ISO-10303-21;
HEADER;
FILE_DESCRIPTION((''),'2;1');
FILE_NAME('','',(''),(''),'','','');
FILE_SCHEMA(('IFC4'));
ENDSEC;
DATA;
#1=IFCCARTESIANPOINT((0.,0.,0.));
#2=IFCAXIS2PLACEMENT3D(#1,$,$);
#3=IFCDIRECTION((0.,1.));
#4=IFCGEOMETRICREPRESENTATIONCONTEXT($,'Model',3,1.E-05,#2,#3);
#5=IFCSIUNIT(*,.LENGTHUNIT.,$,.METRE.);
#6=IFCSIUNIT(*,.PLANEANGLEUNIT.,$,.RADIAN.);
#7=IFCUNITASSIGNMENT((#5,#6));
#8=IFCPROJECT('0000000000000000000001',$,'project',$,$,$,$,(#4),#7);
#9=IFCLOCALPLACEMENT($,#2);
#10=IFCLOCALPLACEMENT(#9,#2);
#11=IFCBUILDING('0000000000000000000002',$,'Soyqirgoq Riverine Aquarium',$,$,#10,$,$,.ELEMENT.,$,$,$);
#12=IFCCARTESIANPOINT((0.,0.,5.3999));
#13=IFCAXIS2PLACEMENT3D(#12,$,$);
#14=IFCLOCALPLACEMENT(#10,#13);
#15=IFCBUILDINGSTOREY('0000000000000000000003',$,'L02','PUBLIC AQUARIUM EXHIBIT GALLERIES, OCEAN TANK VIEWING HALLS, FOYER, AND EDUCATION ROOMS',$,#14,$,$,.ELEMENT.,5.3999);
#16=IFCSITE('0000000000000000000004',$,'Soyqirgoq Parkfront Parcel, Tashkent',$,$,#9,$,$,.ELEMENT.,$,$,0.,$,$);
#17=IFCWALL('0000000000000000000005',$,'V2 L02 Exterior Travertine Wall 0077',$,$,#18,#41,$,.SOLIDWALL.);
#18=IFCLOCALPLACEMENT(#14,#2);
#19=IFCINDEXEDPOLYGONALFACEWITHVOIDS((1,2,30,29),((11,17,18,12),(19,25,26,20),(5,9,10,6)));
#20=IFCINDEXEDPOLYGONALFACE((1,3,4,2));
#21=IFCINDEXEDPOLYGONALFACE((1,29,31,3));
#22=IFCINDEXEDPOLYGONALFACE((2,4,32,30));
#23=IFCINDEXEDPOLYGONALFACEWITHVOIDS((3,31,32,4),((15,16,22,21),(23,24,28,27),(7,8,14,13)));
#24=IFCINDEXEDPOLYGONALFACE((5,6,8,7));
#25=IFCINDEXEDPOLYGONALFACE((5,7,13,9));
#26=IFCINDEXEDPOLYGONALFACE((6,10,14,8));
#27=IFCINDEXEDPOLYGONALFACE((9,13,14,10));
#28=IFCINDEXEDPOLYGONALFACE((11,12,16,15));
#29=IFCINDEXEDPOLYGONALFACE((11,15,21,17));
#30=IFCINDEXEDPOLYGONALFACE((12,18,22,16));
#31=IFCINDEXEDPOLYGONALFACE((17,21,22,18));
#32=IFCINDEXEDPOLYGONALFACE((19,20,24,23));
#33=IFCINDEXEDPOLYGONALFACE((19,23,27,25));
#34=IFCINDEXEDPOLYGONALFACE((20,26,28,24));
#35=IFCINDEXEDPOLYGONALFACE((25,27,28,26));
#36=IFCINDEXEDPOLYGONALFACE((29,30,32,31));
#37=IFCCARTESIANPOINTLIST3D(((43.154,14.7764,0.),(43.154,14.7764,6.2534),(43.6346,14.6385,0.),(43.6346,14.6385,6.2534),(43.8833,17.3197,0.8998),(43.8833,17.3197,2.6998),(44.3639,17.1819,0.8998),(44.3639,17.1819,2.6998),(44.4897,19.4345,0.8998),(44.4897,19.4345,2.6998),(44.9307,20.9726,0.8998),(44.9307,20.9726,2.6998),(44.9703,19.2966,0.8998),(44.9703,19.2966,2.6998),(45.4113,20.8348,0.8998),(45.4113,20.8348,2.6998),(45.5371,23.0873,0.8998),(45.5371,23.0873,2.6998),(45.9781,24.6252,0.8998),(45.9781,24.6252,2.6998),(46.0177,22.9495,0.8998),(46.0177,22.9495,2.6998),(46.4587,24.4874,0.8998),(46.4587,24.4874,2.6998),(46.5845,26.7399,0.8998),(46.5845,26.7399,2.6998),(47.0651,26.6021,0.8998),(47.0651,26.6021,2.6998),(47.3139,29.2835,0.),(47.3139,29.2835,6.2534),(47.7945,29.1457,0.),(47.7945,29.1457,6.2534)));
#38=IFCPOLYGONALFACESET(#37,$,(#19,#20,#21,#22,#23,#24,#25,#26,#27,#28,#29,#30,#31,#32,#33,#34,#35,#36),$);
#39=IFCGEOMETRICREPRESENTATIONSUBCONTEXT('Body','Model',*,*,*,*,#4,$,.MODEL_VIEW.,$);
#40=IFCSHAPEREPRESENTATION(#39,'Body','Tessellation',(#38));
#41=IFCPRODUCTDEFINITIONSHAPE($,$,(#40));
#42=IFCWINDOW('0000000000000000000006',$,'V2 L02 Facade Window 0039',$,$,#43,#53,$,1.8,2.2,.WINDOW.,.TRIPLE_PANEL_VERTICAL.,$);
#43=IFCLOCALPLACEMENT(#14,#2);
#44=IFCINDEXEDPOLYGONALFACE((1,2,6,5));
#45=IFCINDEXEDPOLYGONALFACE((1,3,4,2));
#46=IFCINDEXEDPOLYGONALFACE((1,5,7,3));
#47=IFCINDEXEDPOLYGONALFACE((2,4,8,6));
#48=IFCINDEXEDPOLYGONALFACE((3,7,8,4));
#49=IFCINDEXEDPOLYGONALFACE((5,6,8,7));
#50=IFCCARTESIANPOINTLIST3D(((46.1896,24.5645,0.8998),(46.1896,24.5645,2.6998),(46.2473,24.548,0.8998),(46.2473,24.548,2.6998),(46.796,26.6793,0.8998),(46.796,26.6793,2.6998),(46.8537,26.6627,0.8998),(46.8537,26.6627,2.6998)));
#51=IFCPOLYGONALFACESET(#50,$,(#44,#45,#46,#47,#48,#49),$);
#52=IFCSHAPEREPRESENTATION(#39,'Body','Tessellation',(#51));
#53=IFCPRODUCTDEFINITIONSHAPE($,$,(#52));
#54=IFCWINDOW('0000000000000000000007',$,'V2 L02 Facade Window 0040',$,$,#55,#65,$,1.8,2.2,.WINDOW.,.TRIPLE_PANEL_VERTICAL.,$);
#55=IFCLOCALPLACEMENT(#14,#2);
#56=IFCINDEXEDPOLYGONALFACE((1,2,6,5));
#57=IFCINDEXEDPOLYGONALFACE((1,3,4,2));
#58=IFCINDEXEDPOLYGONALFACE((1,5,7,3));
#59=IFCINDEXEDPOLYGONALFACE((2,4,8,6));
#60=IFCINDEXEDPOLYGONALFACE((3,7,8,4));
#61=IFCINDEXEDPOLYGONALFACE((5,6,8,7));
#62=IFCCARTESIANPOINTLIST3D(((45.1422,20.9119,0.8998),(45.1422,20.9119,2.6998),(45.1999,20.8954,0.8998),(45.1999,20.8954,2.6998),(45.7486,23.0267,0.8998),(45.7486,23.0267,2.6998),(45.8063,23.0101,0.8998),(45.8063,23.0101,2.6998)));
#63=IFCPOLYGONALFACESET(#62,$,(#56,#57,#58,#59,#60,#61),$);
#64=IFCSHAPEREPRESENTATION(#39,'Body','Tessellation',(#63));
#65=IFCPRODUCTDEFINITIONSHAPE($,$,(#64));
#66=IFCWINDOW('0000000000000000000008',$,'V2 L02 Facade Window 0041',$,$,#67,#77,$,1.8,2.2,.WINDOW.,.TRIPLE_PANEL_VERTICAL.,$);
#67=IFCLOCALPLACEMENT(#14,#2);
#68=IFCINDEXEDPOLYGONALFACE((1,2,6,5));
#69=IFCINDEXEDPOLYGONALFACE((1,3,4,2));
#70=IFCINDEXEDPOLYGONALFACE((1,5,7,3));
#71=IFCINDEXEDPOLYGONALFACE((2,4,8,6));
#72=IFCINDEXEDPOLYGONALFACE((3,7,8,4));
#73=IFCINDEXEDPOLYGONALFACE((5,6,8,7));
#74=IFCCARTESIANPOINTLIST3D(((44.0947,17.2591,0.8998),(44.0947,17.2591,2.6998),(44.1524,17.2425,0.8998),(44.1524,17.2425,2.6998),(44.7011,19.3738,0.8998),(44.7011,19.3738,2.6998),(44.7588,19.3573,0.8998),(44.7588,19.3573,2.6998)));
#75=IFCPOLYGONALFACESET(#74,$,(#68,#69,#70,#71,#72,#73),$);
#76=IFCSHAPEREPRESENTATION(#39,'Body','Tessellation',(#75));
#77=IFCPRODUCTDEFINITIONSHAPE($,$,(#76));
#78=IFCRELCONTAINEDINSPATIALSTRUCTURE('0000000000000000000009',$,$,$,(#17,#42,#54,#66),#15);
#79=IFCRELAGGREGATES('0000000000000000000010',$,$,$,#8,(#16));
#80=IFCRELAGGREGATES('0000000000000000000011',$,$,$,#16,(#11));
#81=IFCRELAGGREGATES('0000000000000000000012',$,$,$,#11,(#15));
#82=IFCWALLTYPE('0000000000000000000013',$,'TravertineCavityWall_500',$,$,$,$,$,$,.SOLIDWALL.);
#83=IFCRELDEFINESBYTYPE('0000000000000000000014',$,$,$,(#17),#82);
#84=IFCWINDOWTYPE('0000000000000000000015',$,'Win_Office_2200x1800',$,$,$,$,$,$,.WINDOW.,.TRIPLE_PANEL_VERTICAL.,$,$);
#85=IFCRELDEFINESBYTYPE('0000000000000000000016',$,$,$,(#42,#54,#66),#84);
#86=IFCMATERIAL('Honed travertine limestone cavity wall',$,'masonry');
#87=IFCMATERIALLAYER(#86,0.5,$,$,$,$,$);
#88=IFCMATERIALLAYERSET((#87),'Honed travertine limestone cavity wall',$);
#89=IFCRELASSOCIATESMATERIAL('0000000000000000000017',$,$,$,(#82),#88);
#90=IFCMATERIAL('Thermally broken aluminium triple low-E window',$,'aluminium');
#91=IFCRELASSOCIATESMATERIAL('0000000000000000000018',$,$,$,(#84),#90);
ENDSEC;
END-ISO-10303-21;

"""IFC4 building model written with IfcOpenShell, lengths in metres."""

from ifc_helpers import new_model, si_unit, direction, frame, frame_2d, origin, place, context, subcontext, project, spatial, rectangle, extrude, material, layer, layer_set, type_object, element, fill, save


model = new_model("IFC4")

# Units and contexts
model_context = context("Model", 3, precision=1e-05, world=origin(), true_north=direction((0.0, 1.0)))
body_context = subcontext(model_context, "Body", "Model", "MODEL_VIEW")
ifc_project = project(units=[si_unit("LENGTHUNIT", "METRE"), si_unit("PLANEANGLEUNIT", "RADIAN")], contexts=[model_context])

# Site, building, storey
site_placement = place(None, origin())
site = spatial("IfcSite", under=ifc_project, at=site_placement, Name="Soyqirgoq Parkfront Parcel, Tashkent", CompositionType="ELEMENT", RefElevation=0.0)
building_placement = place(site_placement, origin())
building = spatial("IfcBuilding", under=site, at=building_placement, Name="Soyqirgoq Riverine Aquarium", CompositionType="ELEMENT")
storey_placement = place(building_placement, frame((0.0, 0.0, 5.3999)))
storey = spatial("IfcBuildingStorey", under=building, at=storey_placement, Name="L02", Description="PUBLIC AQUARIUM EXHIBIT GALLERIES, OCEAN TANK VIEWING HALLS, FOYER, AND EDUCATION ROOMS", CompositionType="ELEMENT", Elevation=5.3999)

# Wall, openings, windows
ifc_material_1 = material(Name="Honed travertine limestone cavity wall", Category="masonry")
ifc_layer_1 = layer(ifc_material_1, 0.5)
ifc_layer_set_1 = layer_set([ifc_layer_1], Name="Honed travertine limestone cavity wall")
wall_type_1 = type_object("IfcWallType", Name="TravertineCavityWall_500", PredefinedType="SOLIDWALL", material=ifc_layer_set_1)
wall_1_placement = place(storey_placement, frame((47.5542, 29.2146, 0.0), z_axis=(0.0, 0.0, 1.0), x_axis=(-0.275642, -0.96126, 0.0)))
wall_1 = element("IfcWall", 1, at=wall_1_placement, inside=storey, type_object=wall_type_1, Name="V2 L02 Exterior Travertine Wall 0077", PredefinedType="SOLIDWALL", context=body_context, shape_type="SweptSolid", body=[
    extrude(rectangle(XDim=15.0918, YDim=0.5, at=frame_2d((7.5459, 0.0))), origin(), (0.0, 0.0, 1.0), 6.2534),
])
opening_1_placement = place(wall_1_placement, frame((2.646, 0.0, 0.8999)))
opening_1 = element("IfcOpeningElement", 2, at=opening_1_placement, cuts=wall_1, PredefinedType="OPENING", context=body_context, shape_type="SweptSolid", body=[
    extrude(rectangle(XDim=2.2, YDim=1.8, at=frame_2d((1.1001, 0.8999))), frame((0.0, 0.26, 0.0), z_axis=(0.0, -1.0, 0.0), x_axis=(1.0, 0.0, 0.0)), (0.0, 0.0, 1.0), 0.52),
])
opening_2_placement = place(wall_1_placement, frame((6.4458, 0.0, 0.8999)))
opening_2 = element("IfcOpeningElement", 3, at=opening_2_placement, cuts=wall_1, PredefinedType="OPENING", context=body_context, shape_type="SweptSolid", body=[
    extrude(rectangle(XDim=2.2, YDim=1.8, at=frame_2d((1.1001, 0.8999))), frame((0.0, 0.26, 0.0), z_axis=(0.0, -1.0, 0.0), x_axis=(1.0, 0.0, 0.0)), (0.0, 0.0, 1.0), 0.52),
])
opening_3_placement = place(wall_1_placement, frame((10.2458, 0.0, 0.8999)))
opening_3 = element("IfcOpeningElement", 4, at=opening_3_placement, cuts=wall_1, PredefinedType="OPENING", context=body_context, shape_type="SweptSolid", body=[
    extrude(rectangle(XDim=2.2, YDim=1.8, at=frame_2d((1.1001, 0.8999))), frame((0.0, 0.26, 0.0), z_axis=(0.0, -1.0, 0.0), x_axis=(1.0, 0.0, 0.0)), (0.0, 0.0, 1.0), 0.52),
])
ifc_material_2 = material(Name="Thermally broken aluminium triple low-E window", Category="aluminium")
window_type_1 = type_object("IfcWindowType", Name="Win_Office_2200x1800", PartitioningType="TRIPLE_PANEL_VERTICAL", PredefinedType="WINDOW", material=ifc_material_2)
window_1_placement = place(opening_1_placement, origin())
window_1 = element("IfcWindow", 5, at=window_1_placement, inside=storey, type_object=window_type_1, Name="V2 L02 Facade Window 0039", OverallHeight=1.8, OverallWidth=2.2, PartitioningType="TRIPLE_PANEL_VERTICAL", PredefinedType="WINDOW", context=body_context, shape_type="SweptSolid", body=[
    extrude(rectangle(XDim=2.2, YDim=1.8, at=frame_2d((1.1001, 0.8999))), frame((0.0, 0.03, 0.0), z_axis=(0.0, -1.0, 0.0), x_axis=(1.0, 0.0, 0.0)), (0.0, 0.0, 1.0), 0.0601),
])
fill(opening_1, window_1)
window_2_placement = place(opening_2_placement, origin())
window_2 = element("IfcWindow", 6, at=window_2_placement, inside=storey, type_object=window_type_1, Name="V2 L02 Facade Window 0040", OverallHeight=1.8, OverallWidth=2.2, PartitioningType="TRIPLE_PANEL_VERTICAL", PredefinedType="WINDOW", context=body_context, shape_type="SweptSolid", body=[
    extrude(rectangle(XDim=2.2, YDim=1.8, at=frame_2d((1.1001, 0.8999))), frame((0.0, 0.03, 0.0), z_axis=(0.0, -1.0, 0.0), x_axis=(1.0, 0.0, 0.0)), (0.0, 0.0, 1.0), 0.0601),
])
fill(opening_2, window_2)
window_3_placement = place(opening_3_placement, origin())
window_3 = element("IfcWindow", 7, at=window_3_placement, inside=storey, type_object=window_type_1, Name="V2 L02 Facade Window 0041", OverallHeight=1.8, OverallWidth=2.2, PartitioningType="TRIPLE_PANEL_VERTICAL", PredefinedType="WINDOW", context=body_context, shape_type="SweptSolid", body=[
    extrude(rectangle(XDim=2.2, YDim=1.8, at=frame_2d((1.1001, 0.8999))), frame((0.0, 0.03, 0.0), z_axis=(0.0, -1.0, 0.0), x_axis=(1.0, 0.0, 0.0)), (0.0, 0.0, 1.0), 0.0601),
])
fill(opening_3, window_3)

save(model, "model.ifc")
